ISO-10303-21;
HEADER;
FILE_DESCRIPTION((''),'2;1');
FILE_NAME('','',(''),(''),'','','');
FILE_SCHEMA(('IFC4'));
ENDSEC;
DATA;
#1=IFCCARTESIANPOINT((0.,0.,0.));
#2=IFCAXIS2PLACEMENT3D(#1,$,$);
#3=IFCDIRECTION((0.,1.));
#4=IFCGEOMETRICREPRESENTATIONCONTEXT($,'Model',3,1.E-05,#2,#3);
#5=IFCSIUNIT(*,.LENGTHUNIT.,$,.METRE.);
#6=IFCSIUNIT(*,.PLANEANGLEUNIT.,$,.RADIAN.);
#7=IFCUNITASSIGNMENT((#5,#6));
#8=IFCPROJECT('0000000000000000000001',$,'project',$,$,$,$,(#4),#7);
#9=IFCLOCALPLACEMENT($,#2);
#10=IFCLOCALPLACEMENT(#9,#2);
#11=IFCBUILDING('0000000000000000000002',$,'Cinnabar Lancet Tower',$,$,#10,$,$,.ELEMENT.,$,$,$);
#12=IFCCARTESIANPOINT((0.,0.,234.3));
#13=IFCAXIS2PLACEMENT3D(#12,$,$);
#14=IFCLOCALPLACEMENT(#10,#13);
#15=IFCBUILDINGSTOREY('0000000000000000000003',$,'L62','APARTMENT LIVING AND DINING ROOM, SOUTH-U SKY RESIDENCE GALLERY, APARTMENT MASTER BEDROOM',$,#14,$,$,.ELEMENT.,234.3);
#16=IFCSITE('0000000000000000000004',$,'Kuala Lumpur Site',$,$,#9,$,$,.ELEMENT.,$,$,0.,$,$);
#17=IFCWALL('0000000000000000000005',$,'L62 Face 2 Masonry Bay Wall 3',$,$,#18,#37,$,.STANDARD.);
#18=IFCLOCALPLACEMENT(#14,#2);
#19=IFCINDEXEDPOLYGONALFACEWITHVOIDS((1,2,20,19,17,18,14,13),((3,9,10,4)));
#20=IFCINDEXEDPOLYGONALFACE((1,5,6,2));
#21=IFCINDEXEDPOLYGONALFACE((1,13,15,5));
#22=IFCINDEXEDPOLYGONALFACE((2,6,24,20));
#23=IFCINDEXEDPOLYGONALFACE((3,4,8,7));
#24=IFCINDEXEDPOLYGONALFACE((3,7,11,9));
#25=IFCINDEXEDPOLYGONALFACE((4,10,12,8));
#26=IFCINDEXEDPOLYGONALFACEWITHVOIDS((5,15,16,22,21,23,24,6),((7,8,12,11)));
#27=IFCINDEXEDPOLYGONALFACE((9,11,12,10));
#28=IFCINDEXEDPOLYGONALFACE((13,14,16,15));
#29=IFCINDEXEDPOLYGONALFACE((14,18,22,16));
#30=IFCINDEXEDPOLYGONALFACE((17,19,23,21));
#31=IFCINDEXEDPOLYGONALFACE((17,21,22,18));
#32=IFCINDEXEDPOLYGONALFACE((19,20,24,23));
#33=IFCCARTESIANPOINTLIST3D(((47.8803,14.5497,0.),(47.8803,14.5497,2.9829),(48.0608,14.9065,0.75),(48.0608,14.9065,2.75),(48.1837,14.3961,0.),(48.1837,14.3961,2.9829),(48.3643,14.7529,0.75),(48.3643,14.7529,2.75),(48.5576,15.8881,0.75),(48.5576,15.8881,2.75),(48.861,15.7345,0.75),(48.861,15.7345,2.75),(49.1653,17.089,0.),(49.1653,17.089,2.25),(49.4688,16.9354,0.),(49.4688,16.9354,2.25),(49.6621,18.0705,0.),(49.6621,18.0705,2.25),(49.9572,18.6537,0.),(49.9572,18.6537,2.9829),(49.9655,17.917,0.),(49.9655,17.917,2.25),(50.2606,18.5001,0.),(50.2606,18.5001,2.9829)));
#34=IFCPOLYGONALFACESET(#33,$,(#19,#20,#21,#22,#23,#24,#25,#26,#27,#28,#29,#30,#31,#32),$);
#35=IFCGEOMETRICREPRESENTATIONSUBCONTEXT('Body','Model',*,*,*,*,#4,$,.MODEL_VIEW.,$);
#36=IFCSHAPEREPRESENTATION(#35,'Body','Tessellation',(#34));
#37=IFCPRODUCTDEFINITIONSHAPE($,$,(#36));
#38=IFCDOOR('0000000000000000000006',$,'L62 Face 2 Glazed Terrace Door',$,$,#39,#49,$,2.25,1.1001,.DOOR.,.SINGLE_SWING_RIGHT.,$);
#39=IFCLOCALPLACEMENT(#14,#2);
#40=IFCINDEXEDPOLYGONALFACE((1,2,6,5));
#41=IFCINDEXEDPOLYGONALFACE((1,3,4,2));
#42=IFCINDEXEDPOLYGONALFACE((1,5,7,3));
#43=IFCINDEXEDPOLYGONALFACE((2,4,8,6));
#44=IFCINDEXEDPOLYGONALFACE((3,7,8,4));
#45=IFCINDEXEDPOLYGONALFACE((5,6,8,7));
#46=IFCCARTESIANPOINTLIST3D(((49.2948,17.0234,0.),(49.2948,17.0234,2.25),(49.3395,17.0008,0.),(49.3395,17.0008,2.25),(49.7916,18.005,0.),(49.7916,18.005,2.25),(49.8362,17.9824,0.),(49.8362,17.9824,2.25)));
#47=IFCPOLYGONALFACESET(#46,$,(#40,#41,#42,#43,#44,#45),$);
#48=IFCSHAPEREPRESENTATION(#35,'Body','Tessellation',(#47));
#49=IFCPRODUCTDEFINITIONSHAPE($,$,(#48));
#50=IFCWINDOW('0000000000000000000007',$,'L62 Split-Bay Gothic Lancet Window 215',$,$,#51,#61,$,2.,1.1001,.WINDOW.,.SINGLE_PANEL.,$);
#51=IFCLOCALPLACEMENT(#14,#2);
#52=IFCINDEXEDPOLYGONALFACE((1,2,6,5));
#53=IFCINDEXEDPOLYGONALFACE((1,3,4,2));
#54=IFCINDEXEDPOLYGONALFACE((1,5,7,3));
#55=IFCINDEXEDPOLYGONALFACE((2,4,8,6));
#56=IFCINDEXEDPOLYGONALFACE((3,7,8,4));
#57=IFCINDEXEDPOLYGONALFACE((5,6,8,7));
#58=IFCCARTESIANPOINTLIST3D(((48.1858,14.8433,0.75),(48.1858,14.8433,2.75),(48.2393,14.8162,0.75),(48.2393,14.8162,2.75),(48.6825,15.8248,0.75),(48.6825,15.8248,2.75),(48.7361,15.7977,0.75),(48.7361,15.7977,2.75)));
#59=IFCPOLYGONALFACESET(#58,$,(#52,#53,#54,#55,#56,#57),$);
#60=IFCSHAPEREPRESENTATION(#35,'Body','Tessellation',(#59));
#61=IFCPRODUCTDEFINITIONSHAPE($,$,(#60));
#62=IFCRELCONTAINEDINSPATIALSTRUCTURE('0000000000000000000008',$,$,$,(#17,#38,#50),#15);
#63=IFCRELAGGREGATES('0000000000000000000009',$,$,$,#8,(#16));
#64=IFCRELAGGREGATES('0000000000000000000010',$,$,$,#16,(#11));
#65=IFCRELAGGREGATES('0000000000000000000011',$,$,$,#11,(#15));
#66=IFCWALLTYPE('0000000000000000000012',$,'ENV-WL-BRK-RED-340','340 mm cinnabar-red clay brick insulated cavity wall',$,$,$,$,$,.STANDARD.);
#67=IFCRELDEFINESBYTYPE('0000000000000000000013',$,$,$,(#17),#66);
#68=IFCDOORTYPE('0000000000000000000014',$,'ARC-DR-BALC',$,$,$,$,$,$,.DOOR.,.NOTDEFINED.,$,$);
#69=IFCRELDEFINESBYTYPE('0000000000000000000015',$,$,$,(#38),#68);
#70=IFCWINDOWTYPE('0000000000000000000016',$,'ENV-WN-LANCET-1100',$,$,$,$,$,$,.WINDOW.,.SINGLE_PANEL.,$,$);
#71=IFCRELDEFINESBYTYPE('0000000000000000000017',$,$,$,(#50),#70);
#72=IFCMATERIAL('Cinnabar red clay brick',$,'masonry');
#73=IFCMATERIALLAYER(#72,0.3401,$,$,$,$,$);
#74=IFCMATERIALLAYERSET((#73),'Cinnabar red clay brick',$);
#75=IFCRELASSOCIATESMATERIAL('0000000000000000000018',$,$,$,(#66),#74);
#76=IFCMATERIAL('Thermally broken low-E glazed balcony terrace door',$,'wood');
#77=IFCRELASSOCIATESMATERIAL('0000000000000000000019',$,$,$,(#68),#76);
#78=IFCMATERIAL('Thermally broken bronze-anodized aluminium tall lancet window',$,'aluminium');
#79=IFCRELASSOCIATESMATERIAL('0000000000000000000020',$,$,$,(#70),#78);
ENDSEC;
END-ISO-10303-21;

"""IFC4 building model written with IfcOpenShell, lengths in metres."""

from ifc_helpers import new_model, si_unit, direction, frame, frame_2d, origin, place, context, subcontext, project, spatial, rectangle, extrude, material, layer, layer_set, type_object, element, fill, save


model = new_model("IFC4")

# Units and contexts
model_context = context("Model", 3, precision=1e-05, world=origin(), true_north=direction((0.0, 1.0)))
body_context = subcontext(model_context, "Body", "Model", "MODEL_VIEW")
ifc_project = project(units=[si_unit("LENGTHUNIT", "METRE"), si_unit("PLANEANGLEUNIT", "RADIAN")], contexts=[model_context])

# Site, building, storey
site_placement = place(None, origin())
site = spatial("IfcSite", under=ifc_project, at=site_placement, Name="Kuala Lumpur Site", CompositionType="ELEMENT", RefElevation=0.0)
building_placement = place(site_placement, origin())
building = spatial("IfcBuilding", under=site, at=building_placement, Name="Cinnabar Lancet Tower", CompositionType="ELEMENT")
storey_placement = place(building_placement, frame((0.0, 0.0, 234.3)))
storey = spatial("IfcBuildingStorey", under=building, at=storey_placement, Name="L62", Description="APARTMENT LIVING AND DINING ROOM, SOUTH-U SKY RESIDENCE GALLERY, APARTMENT MASTER BEDROOM", CompositionType="ELEMENT", Elevation=234.3)

# Shared definitions
ifc_material_1 = material(Name="Cinnabar red clay brick", Category="masonry")
ifc_layer_1 = layer(ifc_material_1, 0.3401)
ifc_layer_set_1 = layer_set([ifc_layer_1], Name="Cinnabar red clay brick")
wall_type_1 = type_object("IfcWallType", Name="ENV-WL-BRK-RED-340", Description="340 mm cinnabar-red clay brick insulated cavity wall", PredefinedType="STANDARD", material=ifc_layer_set_1)

# Wall, openings, door, window
wall_1_placement = place(storey_placement, frame((48.032, 14.4729, 0.0), z_axis=(0.0, 0.0, 1.0), x_axis=(0.45154, 0.892251, 0.0)))
wall_1 = element("IfcWall", 1, at=wall_1_placement, inside=storey, type_object=wall_type_1, Name="L62 Face 2 Masonry Bay Wall 3", PredefinedType="STANDARD", context=body_context, shape_type="SweptSolid", body=[
    extrude(rectangle(XDim=4.5996, YDim=0.3401, at=frame_2d((2.2998, 0.0))), origin(), (0.0, 0.0, 1.0), 2.9829),
])
opening_1_placement = place(wall_1_placement, frame((2.8459, 0.0, 0.0)))
opening_1 = element("IfcOpeningElement", 2, at=opening_1_placement, cuts=wall_1, PredefinedType="OPENING", context=body_context, shape_type="SweptSolid", body=[
    extrude(rectangle(XDim=1.1001, YDim=2.25, at=frame_2d((0.55, 1.125))), frame((0.0, 0.1799, 0.0), z_axis=(0.0, -1.0, 0.0), x_axis=(1.0, 0.0, 0.0)), (0.0, 0.0, 1.0), 0.3601),
])
opening_2_placement = place(wall_1_placement, frame((0.3999, 0.0, 0.75)))
opening_2 = element("IfcOpeningElement", 3, at=opening_2_placement, cuts=wall_1, PredefinedType="OPENING", context=body_context, shape_type="SweptSolid", body=[
    extrude(rectangle(XDim=1.1001, YDim=2.0, at=frame_2d((0.55, 1.0))), frame((0.0, 0.1799, 0.0), z_axis=(0.0, -1.0, 0.0), x_axis=(1.0, 0.0, 0.0)), (0.0, 0.0, 1.0), 0.3601),
])
ifc_material_2 = material(Name="Thermally broken low-E glazed balcony terrace door", Category="wood")
door_type_1 = type_object("IfcDoorType", Name="ARC-DR-BALC", OperationType="NOTDEFINED", PredefinedType="DOOR", material=ifc_material_2)
door_1_placement = place(opening_1_placement, origin())
door_1 = element("IfcDoor", 4, at=door_1_placement, inside=storey, type_object=door_type_1, Name="L62 Face 2 Glazed Terrace Door", OperationType="SINGLE_SWING_RIGHT", OverallHeight=2.25, OverallWidth=1.1001, PredefinedType="DOOR", context=body_context, shape_type="SweptSolid", body=[
    extrude(rectangle(XDim=1.1001, YDim=2.25, at=frame_2d((0.55, 1.125))), frame((0.0, 0.0249, 0.0), z_axis=(0.0, -1.0, 0.0), x_axis=(1.0, 0.0, 0.0)), (0.0, 0.0, 1.0), 0.05),
])
fill(opening_1, door_1)
ifc_material_3 = material(Name="Thermally broken bronze-anodized aluminium tall lancet window", Category="aluminium")
window_type_1 = type_object("IfcWindowType", Name="ENV-WN-LANCET-1100", PartitioningType="SINGLE_PANEL", PredefinedType="WINDOW", material=ifc_material_3)
window_1_placement = place(opening_2_placement, origin())
window_1 = element("IfcWindow", 5, at=window_1_placement, inside=storey, type_object=window_type_1, Name="L62 Split-Bay Gothic Lancet Window 215", OverallHeight=2.0, OverallWidth=1.1001, PartitioningType="SINGLE_PANEL", PredefinedType="WINDOW", context=body_context, shape_type="SweptSolid", body=[
    extrude(rectangle(XDim=1.1001, YDim=2.0, at=frame_2d((0.55, 1.0))), frame((0.0, 0.03, 0.0), z_axis=(0.0, -1.0, 0.0), x_axis=(1.0, 0.0, 0.0)), (0.0, 0.0, 1.0), 0.0601),
])
fill(opening_2, window_1)

save(model, "model.ifc")
